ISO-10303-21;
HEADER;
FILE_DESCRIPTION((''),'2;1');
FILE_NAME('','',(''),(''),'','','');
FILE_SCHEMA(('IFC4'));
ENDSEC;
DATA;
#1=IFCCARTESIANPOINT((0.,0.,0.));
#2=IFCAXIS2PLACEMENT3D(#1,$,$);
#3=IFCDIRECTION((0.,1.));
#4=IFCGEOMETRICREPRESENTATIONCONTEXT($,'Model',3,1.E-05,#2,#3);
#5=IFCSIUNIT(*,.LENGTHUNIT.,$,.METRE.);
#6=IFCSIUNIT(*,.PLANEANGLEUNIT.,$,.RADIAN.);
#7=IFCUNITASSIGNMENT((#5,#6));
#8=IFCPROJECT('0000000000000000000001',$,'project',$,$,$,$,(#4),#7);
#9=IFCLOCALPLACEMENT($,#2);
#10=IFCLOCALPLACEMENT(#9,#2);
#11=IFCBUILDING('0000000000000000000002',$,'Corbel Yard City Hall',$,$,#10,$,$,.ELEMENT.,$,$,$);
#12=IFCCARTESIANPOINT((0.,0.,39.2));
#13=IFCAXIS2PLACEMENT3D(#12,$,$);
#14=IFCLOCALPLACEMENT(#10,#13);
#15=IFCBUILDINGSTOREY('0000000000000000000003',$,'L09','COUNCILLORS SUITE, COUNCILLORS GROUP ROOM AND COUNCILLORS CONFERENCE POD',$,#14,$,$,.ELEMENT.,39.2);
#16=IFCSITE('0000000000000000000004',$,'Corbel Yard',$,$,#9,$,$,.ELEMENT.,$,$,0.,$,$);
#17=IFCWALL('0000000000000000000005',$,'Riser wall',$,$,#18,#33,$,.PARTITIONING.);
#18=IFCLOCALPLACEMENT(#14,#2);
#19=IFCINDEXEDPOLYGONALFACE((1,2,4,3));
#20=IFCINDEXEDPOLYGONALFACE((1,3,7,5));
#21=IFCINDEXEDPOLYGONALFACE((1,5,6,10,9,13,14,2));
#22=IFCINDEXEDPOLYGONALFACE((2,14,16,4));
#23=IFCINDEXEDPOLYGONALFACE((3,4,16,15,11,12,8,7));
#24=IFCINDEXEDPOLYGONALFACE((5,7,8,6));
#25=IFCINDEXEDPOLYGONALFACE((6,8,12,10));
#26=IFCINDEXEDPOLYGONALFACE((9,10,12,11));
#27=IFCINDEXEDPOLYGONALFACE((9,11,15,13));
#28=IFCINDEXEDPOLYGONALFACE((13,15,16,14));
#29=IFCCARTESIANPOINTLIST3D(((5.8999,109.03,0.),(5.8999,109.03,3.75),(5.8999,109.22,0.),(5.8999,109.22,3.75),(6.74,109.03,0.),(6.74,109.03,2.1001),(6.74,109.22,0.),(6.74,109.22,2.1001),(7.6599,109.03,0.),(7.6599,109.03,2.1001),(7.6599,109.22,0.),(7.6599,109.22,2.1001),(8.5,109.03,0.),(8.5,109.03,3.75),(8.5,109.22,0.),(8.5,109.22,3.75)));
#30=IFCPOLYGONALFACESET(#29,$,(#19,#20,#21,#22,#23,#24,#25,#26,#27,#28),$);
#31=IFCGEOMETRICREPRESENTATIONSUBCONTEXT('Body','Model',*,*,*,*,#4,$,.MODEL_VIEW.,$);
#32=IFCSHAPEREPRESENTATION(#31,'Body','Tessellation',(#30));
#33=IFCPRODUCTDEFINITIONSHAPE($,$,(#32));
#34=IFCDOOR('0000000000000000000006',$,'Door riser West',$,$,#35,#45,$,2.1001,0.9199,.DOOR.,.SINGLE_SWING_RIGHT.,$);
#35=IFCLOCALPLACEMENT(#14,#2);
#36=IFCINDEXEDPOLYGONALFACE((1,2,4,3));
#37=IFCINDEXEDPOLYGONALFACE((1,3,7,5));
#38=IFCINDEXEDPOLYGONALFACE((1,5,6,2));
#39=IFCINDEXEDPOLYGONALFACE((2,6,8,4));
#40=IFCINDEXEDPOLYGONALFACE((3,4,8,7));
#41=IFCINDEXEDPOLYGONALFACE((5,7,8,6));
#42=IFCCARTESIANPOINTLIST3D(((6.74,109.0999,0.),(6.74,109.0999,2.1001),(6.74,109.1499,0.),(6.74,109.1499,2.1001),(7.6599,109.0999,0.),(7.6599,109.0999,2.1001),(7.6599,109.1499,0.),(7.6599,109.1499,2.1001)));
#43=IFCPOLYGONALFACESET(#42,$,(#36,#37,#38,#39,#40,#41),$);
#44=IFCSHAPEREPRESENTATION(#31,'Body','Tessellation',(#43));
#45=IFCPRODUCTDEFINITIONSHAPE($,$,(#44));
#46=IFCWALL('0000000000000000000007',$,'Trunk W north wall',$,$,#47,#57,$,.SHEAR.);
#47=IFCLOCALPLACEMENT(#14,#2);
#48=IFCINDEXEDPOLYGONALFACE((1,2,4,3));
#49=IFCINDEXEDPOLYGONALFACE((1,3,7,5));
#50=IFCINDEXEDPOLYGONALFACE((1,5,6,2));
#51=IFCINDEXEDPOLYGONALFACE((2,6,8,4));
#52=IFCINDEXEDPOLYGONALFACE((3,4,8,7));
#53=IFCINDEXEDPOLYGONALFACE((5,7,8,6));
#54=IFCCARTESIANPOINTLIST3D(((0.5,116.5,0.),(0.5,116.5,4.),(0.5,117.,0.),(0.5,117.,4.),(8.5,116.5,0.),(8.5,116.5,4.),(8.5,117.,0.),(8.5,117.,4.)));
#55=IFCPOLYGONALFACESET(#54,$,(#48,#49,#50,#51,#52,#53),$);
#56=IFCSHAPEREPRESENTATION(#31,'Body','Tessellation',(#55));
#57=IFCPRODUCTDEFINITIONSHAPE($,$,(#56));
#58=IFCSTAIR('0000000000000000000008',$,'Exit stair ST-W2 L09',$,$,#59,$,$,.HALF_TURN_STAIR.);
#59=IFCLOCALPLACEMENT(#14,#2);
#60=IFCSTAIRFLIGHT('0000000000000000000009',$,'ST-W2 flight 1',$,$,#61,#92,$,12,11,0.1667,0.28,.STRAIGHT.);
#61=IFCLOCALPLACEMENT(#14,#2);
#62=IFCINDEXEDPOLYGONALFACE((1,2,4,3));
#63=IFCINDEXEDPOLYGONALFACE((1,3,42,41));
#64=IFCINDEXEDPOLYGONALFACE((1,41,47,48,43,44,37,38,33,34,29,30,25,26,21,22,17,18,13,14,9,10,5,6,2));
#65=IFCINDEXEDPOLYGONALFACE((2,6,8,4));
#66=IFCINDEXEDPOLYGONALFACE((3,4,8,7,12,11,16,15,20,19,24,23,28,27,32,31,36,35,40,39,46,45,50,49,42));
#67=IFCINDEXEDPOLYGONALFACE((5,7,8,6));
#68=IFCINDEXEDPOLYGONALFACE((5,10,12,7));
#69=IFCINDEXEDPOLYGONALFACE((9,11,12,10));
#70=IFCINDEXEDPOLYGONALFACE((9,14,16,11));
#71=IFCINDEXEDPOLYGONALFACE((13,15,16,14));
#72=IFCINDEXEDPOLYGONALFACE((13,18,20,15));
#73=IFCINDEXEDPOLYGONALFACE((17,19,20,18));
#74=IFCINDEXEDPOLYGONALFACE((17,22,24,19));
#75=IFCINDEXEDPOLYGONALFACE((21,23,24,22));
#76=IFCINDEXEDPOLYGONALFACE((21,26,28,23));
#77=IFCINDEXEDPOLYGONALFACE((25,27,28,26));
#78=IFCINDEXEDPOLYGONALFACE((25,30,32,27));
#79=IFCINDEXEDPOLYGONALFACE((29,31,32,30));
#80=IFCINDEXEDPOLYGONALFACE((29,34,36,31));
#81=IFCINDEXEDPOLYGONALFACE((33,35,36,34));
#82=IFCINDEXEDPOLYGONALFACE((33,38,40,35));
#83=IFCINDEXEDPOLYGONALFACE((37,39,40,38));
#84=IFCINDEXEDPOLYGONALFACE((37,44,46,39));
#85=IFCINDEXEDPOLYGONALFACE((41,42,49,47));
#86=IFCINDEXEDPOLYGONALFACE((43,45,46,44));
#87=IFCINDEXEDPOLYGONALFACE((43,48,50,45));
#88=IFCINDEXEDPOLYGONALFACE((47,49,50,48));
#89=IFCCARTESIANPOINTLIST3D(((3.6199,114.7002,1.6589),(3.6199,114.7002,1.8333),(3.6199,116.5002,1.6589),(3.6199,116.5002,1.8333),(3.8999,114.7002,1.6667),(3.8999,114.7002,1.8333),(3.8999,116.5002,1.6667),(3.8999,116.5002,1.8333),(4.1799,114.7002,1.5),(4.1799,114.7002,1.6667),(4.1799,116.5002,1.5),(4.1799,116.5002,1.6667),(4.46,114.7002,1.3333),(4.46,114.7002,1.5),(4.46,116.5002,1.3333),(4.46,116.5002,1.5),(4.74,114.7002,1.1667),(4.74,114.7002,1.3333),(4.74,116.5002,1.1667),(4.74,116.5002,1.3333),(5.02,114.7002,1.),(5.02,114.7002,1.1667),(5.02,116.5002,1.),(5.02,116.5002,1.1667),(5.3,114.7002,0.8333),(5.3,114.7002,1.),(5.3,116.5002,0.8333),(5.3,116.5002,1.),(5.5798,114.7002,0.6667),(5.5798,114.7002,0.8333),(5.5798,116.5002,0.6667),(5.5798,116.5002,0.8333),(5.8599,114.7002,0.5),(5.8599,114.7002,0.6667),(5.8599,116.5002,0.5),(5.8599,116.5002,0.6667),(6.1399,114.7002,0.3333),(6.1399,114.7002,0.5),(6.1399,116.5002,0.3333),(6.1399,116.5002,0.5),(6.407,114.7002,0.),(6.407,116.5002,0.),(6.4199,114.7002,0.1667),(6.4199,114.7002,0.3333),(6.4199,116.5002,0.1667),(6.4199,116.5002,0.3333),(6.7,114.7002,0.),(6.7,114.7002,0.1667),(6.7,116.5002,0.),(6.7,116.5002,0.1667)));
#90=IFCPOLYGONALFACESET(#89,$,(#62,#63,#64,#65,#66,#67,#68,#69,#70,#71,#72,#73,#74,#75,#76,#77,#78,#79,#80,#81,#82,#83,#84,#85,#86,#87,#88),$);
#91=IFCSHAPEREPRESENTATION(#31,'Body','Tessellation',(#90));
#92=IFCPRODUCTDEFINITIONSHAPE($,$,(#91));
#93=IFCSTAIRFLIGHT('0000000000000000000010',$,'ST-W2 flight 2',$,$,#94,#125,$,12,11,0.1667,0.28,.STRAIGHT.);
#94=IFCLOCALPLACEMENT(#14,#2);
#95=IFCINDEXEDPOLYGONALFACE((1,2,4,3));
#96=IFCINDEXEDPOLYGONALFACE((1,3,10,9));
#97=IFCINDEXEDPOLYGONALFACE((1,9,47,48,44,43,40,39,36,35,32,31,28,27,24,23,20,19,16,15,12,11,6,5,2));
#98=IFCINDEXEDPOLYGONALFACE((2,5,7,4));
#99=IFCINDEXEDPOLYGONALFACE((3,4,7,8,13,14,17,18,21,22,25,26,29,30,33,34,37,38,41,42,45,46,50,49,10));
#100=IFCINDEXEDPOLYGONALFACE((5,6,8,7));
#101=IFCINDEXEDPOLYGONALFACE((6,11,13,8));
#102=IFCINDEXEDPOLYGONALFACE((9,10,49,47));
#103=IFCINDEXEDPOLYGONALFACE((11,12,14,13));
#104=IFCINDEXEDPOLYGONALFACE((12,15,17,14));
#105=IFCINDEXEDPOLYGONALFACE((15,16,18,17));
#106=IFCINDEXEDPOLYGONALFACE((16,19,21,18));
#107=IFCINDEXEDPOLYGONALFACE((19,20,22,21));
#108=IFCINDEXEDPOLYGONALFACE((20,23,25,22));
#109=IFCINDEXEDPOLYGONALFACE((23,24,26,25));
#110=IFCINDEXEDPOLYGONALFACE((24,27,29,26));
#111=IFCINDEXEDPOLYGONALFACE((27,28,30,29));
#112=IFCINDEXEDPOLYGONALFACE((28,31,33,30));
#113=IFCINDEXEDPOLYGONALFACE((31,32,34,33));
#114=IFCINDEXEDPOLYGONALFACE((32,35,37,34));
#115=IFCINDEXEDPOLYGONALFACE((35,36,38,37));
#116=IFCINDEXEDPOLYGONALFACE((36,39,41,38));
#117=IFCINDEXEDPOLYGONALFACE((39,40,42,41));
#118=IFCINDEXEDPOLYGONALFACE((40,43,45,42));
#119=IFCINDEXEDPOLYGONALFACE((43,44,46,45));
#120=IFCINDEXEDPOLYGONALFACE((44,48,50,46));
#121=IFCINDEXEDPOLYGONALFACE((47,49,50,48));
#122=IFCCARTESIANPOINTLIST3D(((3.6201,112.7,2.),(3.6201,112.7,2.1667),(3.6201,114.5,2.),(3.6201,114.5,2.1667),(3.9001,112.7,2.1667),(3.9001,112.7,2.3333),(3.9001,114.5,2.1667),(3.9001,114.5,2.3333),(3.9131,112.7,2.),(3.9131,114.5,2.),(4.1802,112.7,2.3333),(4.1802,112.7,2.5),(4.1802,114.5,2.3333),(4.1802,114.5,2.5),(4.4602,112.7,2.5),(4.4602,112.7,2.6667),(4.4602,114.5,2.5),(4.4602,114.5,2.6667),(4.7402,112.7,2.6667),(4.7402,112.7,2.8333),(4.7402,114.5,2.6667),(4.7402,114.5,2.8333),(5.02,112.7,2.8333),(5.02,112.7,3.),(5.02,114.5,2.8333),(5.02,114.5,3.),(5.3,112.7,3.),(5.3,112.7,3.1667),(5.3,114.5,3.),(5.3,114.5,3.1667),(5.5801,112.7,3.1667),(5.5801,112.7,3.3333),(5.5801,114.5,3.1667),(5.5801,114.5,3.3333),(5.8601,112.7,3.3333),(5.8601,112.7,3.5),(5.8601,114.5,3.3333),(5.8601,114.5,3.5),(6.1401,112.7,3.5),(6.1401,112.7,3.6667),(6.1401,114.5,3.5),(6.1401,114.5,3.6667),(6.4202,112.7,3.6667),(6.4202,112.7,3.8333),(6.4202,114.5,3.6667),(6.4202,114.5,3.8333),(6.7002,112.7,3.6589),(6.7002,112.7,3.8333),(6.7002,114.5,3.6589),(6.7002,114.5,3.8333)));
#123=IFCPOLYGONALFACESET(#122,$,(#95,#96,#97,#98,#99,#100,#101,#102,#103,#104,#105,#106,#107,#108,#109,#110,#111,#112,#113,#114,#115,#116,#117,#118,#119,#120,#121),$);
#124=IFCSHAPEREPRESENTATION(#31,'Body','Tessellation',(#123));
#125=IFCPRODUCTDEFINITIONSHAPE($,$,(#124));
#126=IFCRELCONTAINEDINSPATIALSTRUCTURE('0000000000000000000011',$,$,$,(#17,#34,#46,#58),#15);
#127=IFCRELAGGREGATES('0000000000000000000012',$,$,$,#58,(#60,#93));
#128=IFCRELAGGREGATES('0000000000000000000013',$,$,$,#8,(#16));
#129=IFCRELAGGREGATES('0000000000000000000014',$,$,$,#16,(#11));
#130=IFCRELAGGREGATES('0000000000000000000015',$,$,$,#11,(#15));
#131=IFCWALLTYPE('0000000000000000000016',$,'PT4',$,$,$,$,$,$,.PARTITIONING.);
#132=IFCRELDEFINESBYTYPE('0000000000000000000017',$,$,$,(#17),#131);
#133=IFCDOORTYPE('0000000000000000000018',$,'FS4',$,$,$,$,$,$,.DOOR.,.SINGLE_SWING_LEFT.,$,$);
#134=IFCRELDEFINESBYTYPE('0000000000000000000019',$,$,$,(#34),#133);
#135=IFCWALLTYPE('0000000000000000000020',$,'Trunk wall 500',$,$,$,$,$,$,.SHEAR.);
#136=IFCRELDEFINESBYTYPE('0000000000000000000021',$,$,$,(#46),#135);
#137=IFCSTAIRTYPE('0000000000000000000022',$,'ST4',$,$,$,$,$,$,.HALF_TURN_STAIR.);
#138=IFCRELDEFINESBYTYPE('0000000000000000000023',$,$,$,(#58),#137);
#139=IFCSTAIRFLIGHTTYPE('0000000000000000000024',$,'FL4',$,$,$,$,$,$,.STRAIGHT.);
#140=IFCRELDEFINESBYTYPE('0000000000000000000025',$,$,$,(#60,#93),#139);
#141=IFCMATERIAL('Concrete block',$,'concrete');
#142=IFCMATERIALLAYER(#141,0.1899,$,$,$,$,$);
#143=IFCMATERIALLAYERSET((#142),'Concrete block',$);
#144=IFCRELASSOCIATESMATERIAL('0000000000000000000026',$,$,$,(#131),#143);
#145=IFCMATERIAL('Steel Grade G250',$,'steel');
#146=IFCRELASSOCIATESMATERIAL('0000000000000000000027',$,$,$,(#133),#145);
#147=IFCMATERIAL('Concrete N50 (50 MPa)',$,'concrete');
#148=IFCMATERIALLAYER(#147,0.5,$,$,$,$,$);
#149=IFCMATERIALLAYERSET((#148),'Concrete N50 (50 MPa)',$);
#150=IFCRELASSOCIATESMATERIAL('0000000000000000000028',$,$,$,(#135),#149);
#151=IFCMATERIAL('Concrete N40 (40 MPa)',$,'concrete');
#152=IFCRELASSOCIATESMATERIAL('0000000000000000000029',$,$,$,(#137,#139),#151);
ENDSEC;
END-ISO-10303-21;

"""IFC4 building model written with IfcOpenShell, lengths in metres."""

from ifc_helpers import new_model, si_unit, direction, frame, frame_2d, origin, place, context, subcontext, project, spatial, polyline, rectangle, outline, extrude, material, layer, layer_set, type_object, element, fill, aggregate, save


model = new_model("IFC4")

# Units and contexts
model_context = context("Model", 3, precision=1e-05, world=origin(), true_north=direction((0.0, 1.0)))
body_context = subcontext(model_context, "Body", "Model", "MODEL_VIEW")
ifc_project = project(units=[si_unit("LENGTHUNIT", "METRE"), si_unit("PLANEANGLEUNIT", "RADIAN")], contexts=[model_context])

# Site, building, storey
site_placement = place(None, origin())
site = spatial("IfcSite", under=ifc_project, at=site_placement, Name="Corbel Yard", CompositionType="ELEMENT", RefElevation=0.0)
building_placement = place(site_placement, origin())
building = spatial("IfcBuilding", under=site, at=building_placement, Name="Corbel Yard City Hall", CompositionType="ELEMENT")
storey_placement = place(building_placement, frame((0.0, 0.0, 39.2)))
storey = spatial("IfcBuildingStorey", under=building, at=storey_placement, Name="L09", Description="COUNCILLORS SUITE, COUNCILLORS GROUP ROOM AND COUNCILLORS CONFERENCE POD", CompositionType="ELEMENT", Elevation=39.2)

# Shared definitions
ifc_material_1 = material(Name="Concrete N40 (40 MPa)", Category="concrete")

# Wall, opening, door
ifc_material_2 = material(Name="Concrete block", Category="concrete")
ifc_layer_1 = layer(ifc_material_2, 0.1899)
ifc_layer_set_1 = layer_set([ifc_layer_1], Name="Concrete block")
wall_type_1 = type_object("IfcWallType", Name="PT4", PredefinedType="PARTITIONING", material=ifc_layer_set_1)
wall_1_placement = place(storey_placement, frame((8.5, 109.125, 0.0), z_axis=(0.0, 0.0, 1.0), x_axis=(-1.0, 0.0, 0.0)))
wall_1 = element("IfcWall", 1, at=wall_1_placement, inside=storey, type_object=wall_type_1, Name="Riser wall", PredefinedType="PARTITIONING", context=body_context, shape_type="SweptSolid", body=[
    extrude(rectangle(XDim=2.6001, YDim=0.1899, at=frame_2d((1.3, 0.0))), origin(), (0.0, 0.0, 1.0), 3.75),
])
opening_1_placement = place(wall_1_placement, frame((0.8401, 0.0, 0.0)))
opening_1 = element("IfcOpeningElement", 2, at=opening_1_placement, cuts=wall_1, PredefinedType="OPENING", context=body_context, shape_type="SweptSolid", body=[
    extrude(rectangle(XDim=0.9199, YDim=2.1001, at=frame_2d((0.46, 1.05))), frame((0.0, 0.105, 0.0), z_axis=(0.0, -1.0, 0.0), x_axis=(1.0, 0.0, 0.0)), (0.0, 0.0, 1.0), 0.21),
])
ifc_material_3 = material(Name="Steel Grade G250", Category="steel")
door_type_1 = type_object("IfcDoorType", Name="FS4", OperationType="SINGLE_SWING_LEFT", PredefinedType="DOOR", material=ifc_material_3)
door_1_placement = place(opening_1_placement, frame((0.9199, 0.0, 0.0), z_axis=(0.0, 0.0, 1.0), x_axis=(-1.0, 0.0, 0.0)))
door_1 = element("IfcDoor", 3, at=door_1_placement, inside=storey, type_object=door_type_1, Name="Door riser West", OperationType="SINGLE_SWING_RIGHT", OverallHeight=2.1001, OverallWidth=0.9199, PredefinedType="DOOR", context=body_context, shape_type="SweptSolid", body=[
    extrude(rectangle(XDim=0.9199, YDim=2.1001, at=frame_2d((0.46, 1.05))), frame((0.0, 0.0249, 0.0), z_axis=(0.0, -1.0, 0.0), x_axis=(1.0, 0.0, 0.0)), (0.0, 0.0, 1.0), 0.05),
])
fill(opening_1, door_1)

# Wall
ifc_material_4 = material(Name="Concrete N50 (50 MPa)", Category="concrete")
ifc_layer_2 = layer(ifc_material_4, 0.5)
ifc_layer_set_2 = layer_set([ifc_layer_2], Name="Concrete N50 (50 MPa)")
wall_type_2 = type_object("IfcWallType", Name="Trunk wall 500", PredefinedType="SHEAR", material=ifc_layer_set_2)
wall_2_placement = place(storey_placement, frame((0.5, 116.75, 0.0), z_axis=(0.0, 0.0, 1.0), x_axis=(1.0, 0.0, 0.0)))
element("IfcWall", 4, at=wall_2_placement, inside=storey, type_object=wall_type_2, Name="Trunk W north wall", PredefinedType="SHEAR", context=body_context, shape_type="SweptSolid", body=[
    extrude(rectangle(XDim=8.0, YDim=0.5, at=frame_2d((4.0, 0.0))), origin(), (0.0, 0.0, 1.0), 4.0),
])

# Stair, stair flights
stair_type = type_object("IfcStairType", Name="ST4", PredefinedType="HALF_TURN_STAIR", material=ifc_material_1)
stair_placement = place(storey_placement, origin())
stair = element("IfcStair", 5, at=stair_placement, inside=storey, type_object=stair_type, Name="Exit stair ST-W2 L09", PredefinedType="HALF_TURN_STAIR")
stair_flight_type = type_object("IfcStairFlightType", Name="FL4", PredefinedType="STRAIGHT", material=ifc_material_1)
stair_flight_1_placement = place(storey_placement, frame((6.7, 115.6001, 0.0), z_axis=(0.0, 0.0, 1.0), x_axis=(-1.0, 0.0, 0.0)))
stair_flight_1 = element("IfcStairFlight", 6, at=stair_flight_1_placement, type_object=stair_flight_type, Name="ST-W2 flight 1", NumberOfRisers=12, NumberOfTreads=11, PredefinedType="STRAIGHT", RiserHeight=0.1667, TreadLength=0.28, context=body_context, shape_type="SweptSolid", body=[
    extrude(outline(polyline([(0.0, 0.0), (0.0, 0.1667), (0.28, 0.1667), (0.28, 0.3333), (0.5601, 0.3333), (0.5601, 0.5), (0.8401, 0.5), (0.8401, 0.6667), (1.1201, 0.6667), (1.1201, 0.8333), (1.3999, 0.8333), (1.3999, 1.0), (1.6799, 1.0), (1.6799, 1.1667), (1.96, 1.1667), (1.96, 1.3333), (2.24, 1.3333), (2.24, 1.5), (2.52, 1.5), (2.52, 1.6667), (2.8, 1.6667), (2.8, 1.8333), (3.0801, 1.8333), (3.0801, 2.0), (3.0801, 1.6589), (0.293, 0.0), (0.0, 0.0)])), frame((0.0, 0.8999, 0.0), z_axis=(0.0, -1.0, 0.0), x_axis=(1.0, 0.0, 0.0)), (0.0, 0.0, 1.0), 1.8),
])
stair_flight_2_placement = place(storey_placement, frame((3.6201, 113.6001, 2.0), z_axis=(0.0, 0.0, 1.0), x_axis=(1.0, 0.0, 0.0)))
stair_flight_2 = element("IfcStairFlight", 7, at=stair_flight_2_placement, type_object=stair_flight_type, Name="ST-W2 flight 2", NumberOfRisers=12, NumberOfTreads=11, PredefinedType="STRAIGHT", RiserHeight=0.1667, TreadLength=0.28, context=body_context, shape_type="SweptSolid", body=[
    extrude(outline(polyline([(0.0, 0.0), (0.0, 0.1667), (0.28, 0.1667), (0.28, 0.3333), (0.5601, 0.3333), (0.5601, 0.5), (0.8401, 0.5), (0.8401, 0.6667), (1.1201, 0.6667), (1.1201, 0.8333), (1.3999, 0.8333), (1.3999, 1.0), (1.6799, 1.0), (1.6799, 1.1667), (1.96, 1.1667), (1.96, 1.3333), (2.24, 1.3333), (2.24, 1.5), (2.52, 1.5), (2.52, 1.6667), (2.8, 1.6667), (2.8, 1.8333), (3.0801, 1.8333), (3.0801, 2.0), (3.0801, 1.6589), (0.293, 0.0), (0.0, 0.0)])), frame((0.0, 0.8999, 0.0), z_axis=(0.0, -1.0, 0.0), x_axis=(1.0, 0.0, 0.0)), (0.0, 0.0, 1.0), 1.8),
])
aggregate(stair, [stair_flight_1, stair_flight_2])

save(model, "model.ifc")
